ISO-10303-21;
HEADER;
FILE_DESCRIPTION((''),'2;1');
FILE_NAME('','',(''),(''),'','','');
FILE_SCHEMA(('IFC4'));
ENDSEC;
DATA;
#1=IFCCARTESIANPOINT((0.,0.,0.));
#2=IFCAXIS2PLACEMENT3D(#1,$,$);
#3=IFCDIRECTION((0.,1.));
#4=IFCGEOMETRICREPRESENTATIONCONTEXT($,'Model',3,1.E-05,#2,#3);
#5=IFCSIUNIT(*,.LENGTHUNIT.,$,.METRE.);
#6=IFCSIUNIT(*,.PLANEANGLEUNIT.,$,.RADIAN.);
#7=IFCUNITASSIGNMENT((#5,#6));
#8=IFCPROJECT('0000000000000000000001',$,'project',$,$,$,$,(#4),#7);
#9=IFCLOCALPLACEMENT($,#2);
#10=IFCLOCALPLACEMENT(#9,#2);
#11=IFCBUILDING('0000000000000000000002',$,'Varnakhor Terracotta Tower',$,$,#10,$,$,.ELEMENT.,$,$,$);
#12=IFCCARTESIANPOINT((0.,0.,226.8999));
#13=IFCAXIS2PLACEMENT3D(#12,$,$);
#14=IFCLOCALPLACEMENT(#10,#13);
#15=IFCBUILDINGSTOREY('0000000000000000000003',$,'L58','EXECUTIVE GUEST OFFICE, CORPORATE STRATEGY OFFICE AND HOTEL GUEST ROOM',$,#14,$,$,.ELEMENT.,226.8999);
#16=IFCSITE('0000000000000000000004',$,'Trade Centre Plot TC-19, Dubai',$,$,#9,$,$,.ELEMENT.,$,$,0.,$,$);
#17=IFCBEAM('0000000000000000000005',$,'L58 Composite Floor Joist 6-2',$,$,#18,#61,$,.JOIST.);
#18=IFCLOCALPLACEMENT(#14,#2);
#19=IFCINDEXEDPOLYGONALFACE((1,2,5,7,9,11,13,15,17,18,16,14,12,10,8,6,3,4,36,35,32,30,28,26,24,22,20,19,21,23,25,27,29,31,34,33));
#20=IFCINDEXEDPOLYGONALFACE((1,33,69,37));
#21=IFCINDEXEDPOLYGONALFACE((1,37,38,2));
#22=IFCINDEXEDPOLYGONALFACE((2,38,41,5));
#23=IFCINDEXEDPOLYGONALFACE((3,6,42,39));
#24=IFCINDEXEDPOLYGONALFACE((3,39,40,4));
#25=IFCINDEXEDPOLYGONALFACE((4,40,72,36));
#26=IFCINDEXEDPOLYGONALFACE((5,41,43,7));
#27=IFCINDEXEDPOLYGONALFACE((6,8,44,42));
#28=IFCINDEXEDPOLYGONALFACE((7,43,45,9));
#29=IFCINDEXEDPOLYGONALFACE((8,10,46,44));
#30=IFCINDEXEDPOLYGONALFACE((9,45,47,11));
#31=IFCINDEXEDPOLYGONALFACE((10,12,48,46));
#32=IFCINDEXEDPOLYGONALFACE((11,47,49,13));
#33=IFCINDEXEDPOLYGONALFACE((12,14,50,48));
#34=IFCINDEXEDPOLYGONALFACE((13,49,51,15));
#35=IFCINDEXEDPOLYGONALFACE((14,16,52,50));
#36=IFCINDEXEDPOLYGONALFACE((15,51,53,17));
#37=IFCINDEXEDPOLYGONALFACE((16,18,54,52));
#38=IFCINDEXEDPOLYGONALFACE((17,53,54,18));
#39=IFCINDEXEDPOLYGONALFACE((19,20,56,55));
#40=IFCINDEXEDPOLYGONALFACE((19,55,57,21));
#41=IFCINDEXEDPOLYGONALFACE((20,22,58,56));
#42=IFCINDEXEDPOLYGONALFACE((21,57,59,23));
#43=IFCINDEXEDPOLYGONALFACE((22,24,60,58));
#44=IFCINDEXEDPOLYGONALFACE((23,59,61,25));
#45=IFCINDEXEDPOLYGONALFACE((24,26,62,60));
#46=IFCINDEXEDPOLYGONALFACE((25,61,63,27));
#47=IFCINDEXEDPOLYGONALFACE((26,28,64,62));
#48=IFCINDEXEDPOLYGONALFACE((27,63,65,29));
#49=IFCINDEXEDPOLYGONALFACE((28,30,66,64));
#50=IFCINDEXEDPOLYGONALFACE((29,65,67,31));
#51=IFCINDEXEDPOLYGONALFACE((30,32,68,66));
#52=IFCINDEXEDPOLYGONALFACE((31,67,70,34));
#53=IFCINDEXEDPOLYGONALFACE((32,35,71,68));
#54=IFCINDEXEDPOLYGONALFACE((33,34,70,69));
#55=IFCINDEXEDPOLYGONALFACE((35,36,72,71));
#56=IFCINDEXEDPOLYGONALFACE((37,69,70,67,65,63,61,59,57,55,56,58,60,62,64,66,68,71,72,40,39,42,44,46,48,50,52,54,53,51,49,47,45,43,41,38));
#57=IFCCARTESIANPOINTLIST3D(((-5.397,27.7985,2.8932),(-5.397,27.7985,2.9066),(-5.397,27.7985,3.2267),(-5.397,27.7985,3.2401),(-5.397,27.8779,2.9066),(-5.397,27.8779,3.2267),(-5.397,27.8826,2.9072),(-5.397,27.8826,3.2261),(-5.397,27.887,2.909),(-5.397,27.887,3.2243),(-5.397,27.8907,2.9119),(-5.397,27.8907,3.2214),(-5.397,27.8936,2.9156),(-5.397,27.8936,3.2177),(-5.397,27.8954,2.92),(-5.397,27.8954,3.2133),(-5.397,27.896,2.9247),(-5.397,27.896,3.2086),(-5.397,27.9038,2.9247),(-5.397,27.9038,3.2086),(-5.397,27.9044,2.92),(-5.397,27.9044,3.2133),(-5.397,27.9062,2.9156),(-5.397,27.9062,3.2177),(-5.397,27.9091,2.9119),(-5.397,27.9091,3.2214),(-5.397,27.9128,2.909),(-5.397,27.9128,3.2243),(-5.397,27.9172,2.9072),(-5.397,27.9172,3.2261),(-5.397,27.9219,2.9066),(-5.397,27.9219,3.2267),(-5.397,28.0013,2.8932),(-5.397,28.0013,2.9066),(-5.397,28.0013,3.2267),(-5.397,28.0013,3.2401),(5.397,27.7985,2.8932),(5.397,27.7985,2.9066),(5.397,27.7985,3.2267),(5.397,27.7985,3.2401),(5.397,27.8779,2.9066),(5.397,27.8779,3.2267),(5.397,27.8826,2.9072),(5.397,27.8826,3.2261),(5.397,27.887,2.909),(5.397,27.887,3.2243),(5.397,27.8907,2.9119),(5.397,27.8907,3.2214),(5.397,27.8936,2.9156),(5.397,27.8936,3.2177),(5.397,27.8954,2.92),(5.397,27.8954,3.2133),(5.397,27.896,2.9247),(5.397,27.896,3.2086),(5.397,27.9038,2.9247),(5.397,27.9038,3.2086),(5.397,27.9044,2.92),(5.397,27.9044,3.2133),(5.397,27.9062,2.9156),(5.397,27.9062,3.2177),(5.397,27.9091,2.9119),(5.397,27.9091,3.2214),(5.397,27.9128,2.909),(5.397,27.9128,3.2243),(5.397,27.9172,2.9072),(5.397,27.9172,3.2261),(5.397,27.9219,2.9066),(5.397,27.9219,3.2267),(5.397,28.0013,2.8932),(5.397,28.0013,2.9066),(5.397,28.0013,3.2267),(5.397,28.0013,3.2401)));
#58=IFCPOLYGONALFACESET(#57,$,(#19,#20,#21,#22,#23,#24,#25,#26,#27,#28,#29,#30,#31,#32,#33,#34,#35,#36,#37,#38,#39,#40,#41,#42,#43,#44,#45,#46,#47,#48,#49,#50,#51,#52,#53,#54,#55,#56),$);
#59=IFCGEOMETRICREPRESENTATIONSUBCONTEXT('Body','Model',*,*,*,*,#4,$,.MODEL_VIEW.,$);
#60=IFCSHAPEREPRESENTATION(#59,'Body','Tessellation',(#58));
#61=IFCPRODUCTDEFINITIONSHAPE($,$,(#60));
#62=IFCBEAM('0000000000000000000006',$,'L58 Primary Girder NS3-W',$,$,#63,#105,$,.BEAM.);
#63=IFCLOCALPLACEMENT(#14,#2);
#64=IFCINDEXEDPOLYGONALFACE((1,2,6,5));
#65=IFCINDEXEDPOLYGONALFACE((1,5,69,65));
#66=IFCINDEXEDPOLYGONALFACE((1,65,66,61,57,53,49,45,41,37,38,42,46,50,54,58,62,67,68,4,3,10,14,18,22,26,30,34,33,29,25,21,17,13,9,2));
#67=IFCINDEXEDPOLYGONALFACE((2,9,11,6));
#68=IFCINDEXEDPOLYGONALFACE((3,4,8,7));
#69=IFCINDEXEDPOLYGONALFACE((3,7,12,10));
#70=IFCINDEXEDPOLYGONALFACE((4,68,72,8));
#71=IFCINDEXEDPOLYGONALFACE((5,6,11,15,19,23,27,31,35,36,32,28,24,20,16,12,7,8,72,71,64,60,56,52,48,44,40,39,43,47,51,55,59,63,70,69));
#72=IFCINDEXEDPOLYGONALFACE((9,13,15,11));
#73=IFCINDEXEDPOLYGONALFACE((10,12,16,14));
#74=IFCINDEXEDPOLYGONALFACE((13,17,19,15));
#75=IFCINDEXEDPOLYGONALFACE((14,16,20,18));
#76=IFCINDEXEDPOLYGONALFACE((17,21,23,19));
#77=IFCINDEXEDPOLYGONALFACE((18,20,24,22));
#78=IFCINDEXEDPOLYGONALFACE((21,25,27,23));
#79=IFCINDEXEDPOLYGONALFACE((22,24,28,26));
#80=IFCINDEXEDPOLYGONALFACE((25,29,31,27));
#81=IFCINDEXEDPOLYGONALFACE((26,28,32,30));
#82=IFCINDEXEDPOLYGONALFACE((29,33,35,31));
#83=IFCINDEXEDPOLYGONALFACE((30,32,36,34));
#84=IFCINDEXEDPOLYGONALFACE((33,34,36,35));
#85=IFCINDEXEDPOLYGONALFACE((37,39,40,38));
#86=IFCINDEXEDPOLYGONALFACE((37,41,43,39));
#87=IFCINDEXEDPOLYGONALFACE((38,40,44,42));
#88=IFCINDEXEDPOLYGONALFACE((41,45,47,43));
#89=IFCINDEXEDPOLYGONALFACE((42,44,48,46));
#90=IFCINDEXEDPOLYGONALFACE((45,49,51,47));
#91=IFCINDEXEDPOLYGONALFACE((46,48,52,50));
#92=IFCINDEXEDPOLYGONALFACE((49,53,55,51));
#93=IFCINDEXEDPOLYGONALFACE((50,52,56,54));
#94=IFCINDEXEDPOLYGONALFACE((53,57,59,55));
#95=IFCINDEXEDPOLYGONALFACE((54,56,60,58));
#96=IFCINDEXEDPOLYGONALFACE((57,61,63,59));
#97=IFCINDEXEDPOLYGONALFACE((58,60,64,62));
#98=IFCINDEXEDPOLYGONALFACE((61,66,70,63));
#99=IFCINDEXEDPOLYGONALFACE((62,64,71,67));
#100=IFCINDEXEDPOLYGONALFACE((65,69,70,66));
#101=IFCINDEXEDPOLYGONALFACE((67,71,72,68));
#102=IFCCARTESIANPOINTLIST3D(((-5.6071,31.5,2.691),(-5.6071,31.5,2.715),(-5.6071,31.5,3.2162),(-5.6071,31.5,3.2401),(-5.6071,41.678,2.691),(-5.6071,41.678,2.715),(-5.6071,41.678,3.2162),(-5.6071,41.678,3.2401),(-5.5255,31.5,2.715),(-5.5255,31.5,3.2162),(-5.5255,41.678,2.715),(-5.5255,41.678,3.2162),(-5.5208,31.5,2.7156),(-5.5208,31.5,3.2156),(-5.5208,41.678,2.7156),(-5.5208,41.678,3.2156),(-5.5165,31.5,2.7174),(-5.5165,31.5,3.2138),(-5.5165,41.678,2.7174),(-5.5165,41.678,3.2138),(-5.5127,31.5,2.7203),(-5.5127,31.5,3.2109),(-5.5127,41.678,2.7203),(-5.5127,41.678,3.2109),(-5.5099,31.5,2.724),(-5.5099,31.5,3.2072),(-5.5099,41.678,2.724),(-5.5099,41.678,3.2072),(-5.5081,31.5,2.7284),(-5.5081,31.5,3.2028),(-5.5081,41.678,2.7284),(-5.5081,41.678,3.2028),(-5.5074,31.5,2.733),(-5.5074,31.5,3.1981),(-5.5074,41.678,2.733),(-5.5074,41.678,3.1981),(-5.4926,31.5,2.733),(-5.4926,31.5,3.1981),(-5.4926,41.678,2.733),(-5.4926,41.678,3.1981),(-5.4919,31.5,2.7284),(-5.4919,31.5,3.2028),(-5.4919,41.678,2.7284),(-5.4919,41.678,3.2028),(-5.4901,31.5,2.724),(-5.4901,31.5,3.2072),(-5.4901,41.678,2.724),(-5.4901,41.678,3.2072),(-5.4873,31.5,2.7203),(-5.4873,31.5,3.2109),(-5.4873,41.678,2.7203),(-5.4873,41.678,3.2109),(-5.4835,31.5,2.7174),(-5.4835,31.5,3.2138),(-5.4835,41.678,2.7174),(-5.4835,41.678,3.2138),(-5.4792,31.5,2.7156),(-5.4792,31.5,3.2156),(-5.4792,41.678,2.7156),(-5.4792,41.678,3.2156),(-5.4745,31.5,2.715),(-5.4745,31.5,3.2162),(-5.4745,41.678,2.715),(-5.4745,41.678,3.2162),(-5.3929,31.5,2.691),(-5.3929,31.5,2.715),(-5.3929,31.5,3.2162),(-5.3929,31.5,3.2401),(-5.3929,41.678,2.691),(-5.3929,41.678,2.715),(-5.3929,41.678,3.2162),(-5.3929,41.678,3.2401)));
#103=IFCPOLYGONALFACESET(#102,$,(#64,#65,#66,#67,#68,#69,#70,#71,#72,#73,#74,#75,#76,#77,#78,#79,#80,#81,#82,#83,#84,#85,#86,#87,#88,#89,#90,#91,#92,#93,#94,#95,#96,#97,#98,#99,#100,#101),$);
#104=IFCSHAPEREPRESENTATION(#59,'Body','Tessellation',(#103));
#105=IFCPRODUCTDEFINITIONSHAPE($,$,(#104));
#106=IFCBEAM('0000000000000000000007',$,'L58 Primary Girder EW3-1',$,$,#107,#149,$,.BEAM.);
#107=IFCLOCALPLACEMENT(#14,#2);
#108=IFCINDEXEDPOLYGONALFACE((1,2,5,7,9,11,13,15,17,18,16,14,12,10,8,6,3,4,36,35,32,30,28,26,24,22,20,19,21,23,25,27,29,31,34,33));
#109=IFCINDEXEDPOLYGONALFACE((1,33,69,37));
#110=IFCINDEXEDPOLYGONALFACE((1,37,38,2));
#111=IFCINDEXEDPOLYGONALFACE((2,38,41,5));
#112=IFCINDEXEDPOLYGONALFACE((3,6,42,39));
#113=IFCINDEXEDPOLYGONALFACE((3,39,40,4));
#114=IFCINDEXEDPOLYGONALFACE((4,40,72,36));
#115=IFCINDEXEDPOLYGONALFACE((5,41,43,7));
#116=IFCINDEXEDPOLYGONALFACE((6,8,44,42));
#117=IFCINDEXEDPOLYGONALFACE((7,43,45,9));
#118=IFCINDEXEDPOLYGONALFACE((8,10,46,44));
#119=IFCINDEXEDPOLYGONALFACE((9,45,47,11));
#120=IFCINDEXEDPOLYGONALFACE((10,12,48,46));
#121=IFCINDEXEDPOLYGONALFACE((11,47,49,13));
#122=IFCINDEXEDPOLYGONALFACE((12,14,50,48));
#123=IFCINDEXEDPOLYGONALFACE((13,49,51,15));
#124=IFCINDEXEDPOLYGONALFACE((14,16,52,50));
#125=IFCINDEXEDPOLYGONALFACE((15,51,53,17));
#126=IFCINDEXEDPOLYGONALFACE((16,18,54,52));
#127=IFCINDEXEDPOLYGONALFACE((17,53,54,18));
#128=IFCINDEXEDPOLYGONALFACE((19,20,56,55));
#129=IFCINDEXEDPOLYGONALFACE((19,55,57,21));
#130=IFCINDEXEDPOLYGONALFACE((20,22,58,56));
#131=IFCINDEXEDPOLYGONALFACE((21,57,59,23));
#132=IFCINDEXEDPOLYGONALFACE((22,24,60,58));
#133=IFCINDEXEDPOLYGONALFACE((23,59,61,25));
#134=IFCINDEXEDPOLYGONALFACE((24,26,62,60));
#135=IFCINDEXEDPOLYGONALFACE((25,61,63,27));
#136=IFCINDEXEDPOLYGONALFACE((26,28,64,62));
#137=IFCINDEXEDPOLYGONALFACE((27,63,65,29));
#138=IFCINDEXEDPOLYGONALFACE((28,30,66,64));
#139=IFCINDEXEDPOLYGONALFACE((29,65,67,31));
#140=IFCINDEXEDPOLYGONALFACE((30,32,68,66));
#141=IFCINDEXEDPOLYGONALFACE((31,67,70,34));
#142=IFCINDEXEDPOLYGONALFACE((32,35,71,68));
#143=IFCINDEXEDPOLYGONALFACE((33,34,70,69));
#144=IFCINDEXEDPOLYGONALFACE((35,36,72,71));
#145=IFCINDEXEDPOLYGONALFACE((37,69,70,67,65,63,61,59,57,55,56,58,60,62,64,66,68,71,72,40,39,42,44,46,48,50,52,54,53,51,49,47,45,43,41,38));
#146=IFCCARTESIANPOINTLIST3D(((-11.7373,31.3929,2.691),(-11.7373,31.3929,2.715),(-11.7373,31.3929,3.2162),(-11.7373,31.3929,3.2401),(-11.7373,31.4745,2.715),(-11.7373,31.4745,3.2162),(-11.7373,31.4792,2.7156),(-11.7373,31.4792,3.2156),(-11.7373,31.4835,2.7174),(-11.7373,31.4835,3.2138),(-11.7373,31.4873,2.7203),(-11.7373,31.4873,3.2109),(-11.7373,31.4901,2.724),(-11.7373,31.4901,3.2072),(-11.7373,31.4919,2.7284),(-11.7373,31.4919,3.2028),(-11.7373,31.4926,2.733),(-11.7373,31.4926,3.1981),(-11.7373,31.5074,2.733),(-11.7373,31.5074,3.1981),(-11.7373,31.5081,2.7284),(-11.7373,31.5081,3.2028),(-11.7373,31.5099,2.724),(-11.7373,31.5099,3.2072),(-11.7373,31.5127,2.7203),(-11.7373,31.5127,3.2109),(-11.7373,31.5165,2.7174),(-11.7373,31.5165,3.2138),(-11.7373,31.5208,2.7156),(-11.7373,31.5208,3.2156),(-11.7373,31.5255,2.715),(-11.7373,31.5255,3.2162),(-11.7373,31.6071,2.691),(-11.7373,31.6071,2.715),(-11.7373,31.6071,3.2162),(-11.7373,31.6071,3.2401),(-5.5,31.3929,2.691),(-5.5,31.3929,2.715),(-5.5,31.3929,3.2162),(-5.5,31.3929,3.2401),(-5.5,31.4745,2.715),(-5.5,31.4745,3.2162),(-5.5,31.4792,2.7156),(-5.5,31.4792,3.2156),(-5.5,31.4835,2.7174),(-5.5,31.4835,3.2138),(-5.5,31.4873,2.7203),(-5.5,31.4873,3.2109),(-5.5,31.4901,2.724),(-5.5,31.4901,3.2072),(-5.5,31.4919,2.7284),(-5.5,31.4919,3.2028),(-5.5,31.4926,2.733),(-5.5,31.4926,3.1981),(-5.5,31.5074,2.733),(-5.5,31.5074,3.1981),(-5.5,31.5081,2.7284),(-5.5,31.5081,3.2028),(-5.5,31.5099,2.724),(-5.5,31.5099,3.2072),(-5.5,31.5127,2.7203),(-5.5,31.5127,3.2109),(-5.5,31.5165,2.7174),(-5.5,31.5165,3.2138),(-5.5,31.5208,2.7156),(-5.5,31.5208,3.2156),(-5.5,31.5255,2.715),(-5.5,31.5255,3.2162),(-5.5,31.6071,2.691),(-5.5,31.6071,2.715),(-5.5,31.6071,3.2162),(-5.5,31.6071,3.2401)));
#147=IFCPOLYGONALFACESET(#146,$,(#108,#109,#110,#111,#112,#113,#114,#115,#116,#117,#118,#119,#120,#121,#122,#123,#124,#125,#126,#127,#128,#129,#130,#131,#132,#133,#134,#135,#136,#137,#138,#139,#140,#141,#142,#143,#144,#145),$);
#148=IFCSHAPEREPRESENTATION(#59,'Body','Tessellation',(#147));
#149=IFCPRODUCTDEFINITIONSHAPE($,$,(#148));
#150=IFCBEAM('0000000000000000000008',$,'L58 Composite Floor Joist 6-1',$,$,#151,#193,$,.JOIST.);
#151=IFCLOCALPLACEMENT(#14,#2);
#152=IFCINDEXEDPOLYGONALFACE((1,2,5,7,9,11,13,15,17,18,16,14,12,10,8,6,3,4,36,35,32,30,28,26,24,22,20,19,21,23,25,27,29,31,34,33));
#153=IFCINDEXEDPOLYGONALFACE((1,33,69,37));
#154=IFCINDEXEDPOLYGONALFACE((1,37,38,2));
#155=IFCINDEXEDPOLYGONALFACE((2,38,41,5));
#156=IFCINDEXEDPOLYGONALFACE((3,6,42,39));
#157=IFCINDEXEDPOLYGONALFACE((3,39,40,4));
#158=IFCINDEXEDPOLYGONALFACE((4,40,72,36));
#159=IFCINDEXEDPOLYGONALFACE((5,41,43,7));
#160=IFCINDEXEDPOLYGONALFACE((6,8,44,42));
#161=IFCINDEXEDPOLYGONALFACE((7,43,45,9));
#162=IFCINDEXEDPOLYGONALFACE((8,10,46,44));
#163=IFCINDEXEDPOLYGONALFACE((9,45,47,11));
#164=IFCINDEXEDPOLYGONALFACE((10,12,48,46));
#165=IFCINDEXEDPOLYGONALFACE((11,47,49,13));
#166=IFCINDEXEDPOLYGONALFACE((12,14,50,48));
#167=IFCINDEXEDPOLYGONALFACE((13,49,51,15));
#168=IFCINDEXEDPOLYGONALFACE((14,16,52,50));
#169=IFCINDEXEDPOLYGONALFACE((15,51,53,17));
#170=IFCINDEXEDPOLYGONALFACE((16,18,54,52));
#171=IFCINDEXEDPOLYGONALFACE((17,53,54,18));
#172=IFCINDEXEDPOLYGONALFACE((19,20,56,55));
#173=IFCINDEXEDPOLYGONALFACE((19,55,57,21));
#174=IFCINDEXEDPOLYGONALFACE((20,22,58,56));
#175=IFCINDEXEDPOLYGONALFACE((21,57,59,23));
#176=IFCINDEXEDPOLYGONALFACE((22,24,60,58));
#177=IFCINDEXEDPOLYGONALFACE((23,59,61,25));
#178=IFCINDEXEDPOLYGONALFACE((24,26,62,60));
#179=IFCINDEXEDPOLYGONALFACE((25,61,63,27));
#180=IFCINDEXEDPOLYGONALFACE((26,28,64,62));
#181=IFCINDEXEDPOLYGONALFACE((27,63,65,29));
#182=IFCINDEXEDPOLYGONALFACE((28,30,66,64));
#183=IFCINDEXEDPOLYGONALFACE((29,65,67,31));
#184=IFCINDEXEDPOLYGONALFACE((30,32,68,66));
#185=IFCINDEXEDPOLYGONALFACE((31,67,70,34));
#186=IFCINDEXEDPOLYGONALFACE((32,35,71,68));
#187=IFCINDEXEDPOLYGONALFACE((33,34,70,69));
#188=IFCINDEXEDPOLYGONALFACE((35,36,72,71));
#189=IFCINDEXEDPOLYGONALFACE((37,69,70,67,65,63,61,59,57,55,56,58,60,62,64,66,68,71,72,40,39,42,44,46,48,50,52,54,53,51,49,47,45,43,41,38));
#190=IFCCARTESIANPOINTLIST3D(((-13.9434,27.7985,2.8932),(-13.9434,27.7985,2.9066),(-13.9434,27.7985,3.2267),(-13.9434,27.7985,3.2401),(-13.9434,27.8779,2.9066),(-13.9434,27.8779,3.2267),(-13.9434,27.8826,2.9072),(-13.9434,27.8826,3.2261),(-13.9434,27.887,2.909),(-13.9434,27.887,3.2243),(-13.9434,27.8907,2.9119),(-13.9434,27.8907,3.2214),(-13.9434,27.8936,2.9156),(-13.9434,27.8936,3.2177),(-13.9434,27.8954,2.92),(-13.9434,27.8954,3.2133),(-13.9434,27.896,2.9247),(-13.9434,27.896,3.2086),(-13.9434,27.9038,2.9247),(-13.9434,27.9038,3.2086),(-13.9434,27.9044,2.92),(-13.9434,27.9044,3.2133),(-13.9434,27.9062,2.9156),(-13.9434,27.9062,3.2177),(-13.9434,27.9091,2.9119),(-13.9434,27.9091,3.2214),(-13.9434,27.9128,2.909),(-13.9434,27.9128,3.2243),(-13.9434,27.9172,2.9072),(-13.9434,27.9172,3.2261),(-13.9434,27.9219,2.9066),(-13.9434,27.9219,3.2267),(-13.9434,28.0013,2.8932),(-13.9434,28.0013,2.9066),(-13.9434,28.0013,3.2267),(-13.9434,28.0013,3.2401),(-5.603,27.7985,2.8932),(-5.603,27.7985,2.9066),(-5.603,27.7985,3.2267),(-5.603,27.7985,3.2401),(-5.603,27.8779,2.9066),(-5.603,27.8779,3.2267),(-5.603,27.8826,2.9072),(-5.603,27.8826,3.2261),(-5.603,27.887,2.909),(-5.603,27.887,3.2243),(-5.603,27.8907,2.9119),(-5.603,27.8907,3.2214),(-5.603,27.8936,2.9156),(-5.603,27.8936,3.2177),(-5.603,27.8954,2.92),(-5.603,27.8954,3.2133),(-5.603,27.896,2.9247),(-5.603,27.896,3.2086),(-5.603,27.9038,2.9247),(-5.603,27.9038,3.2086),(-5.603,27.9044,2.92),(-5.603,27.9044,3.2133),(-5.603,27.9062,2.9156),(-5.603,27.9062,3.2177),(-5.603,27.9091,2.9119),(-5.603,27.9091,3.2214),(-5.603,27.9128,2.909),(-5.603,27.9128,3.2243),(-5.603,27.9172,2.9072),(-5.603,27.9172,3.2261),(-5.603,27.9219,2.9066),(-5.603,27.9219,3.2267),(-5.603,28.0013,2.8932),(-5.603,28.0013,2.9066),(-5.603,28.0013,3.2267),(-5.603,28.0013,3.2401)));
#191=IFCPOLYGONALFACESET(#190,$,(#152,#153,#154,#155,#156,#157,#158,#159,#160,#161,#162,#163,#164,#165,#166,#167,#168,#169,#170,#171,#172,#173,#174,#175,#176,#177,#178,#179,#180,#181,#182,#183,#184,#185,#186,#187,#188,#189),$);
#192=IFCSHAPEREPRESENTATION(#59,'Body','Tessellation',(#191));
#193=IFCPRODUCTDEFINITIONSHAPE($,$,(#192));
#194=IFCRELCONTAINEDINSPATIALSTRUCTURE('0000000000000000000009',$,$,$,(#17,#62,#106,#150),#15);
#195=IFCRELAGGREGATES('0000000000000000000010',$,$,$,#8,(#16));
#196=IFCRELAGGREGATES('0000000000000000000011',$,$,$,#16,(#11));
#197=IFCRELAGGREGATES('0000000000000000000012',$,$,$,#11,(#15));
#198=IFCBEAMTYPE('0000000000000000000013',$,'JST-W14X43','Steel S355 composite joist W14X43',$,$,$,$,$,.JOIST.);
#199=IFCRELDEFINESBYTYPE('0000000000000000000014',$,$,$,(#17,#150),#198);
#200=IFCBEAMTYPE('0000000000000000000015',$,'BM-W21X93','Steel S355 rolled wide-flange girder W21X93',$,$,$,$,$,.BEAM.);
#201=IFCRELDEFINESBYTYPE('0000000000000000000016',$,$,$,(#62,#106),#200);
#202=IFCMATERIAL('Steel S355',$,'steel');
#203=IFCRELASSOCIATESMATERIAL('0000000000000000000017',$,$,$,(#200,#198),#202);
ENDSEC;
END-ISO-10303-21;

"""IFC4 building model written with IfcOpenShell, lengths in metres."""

from ifc_helpers import new_model, si_unit, direction, frame, origin, origin_2d, place, context, subcontext, project, spatial, i_section, extrude, source, transform, mapped, material, material_profile, profile_set, type_object, element, save


model = new_model("IFC4")

# Units and contexts
model_context = context("Model", 3, precision=1e-05, world=origin(), true_north=direction((0.0, 1.0)))
body_context = subcontext(model_context, "Body", "Model", "MODEL_VIEW")
ifc_project = project(units=[si_unit("LENGTHUNIT", "METRE"), si_unit("PLANEANGLEUNIT", "RADIAN")], contexts=[model_context])

# Site, building, storey
site_placement = place(None, origin())
site = spatial("IfcSite", under=ifc_project, at=site_placement, Name="Trade Centre Plot TC-19, Dubai", CompositionType="ELEMENT", RefElevation=0.0)
building_placement = place(site_placement, origin())
building = spatial("IfcBuilding", under=site, at=building_placement, Name="Varnakhor Terracotta Tower", CompositionType="ELEMENT")
storey_placement = place(building_placement, frame((0.0, 0.0, 226.8999)))
storey = spatial("IfcBuildingStorey", under=building, at=storey_placement, Name="L58", Description="EXECUTIVE GUEST OFFICE, CORPORATE STRATEGY OFFICE AND HOTEL GUEST ROOM", CompositionType="ELEMENT", Elevation=226.8999)

# Beams
ifc_material_1 = material(Name="Steel S355", Category="steel")
ifc_material_profile_1 = material_profile(ifc_material_1, i_section(OverallWidth=0.2141, OverallDepth=0.5491, WebThickness=0.0149, FlangeThickness=0.0239, FilletRadius=0.0181, at=origin_2d()), Name="W21X93")
ifc_profile_set_1 = profile_set([ifc_material_profile_1], Name="Steel S355")
beam_type_1 = type_object("IfcBeamType", Name="BM-W21X93", Description="Steel S355 rolled wide-flange girder W21X93", PredefinedType="BEAM", material=ifc_profile_set_1)
ifc_material_profile_2 = material_profile(ifc_material_1, i_section(OverallWidth=0.2029, OverallDepth=0.3469, WebThickness=0.0078, FlangeThickness=0.0134, FilletRadius=0.0181, at=origin_2d()), Name="W14X43")
ifc_profile_set_2 = profile_set([ifc_material_profile_2], Name="Steel S355")
beam_type_2 = type_object("IfcBeamType", Name="JST-W14X43", Description="Steel S355 composite joist W14X43", PredefinedType="JOIST", material=ifc_profile_set_2)
shared_shape_1 = source(origin(), body_context, "Body", "SweptSolid", [
    extrude(i_section(OverallWidth=0.2029, OverallDepth=0.3469, WebThickness=0.0078, FlangeThickness=0.0134, FilletRadius=0.0181, at=origin_2d()), origin(), (0.0, 0.0, 1.0), 10.7939),
])
beam_1_placement = place(storey_placement, frame((-5.397, 27.8999, 3.0667), z_axis=(1.0, 0.0, 0.0), x_axis=(0.0, 1.0, 0.0)))
element("IfcBeam", 1, at=beam_1_placement, inside=storey, type_object=beam_type_2, Name="L58 Composite Floor Joist 6-2", PredefinedType="JOIST", context=body_context, shape_type="MappedRepresentation", body=[
    mapped(shared_shape_1, transform((0.0, 0.0, 0.0), scale=1.0)),
])
shared_shape_2 = source(origin(), body_context, "Body", "SweptSolid", [
    extrude(i_section(OverallWidth=0.2141, OverallDepth=0.5491, WebThickness=0.0149, FlangeThickness=0.0239, FilletRadius=0.0181, at=origin_2d()), origin(), (0.0, 0.0, 1.0), 10.178),
])
beam_2_placement = place(storey_placement, frame((-5.5, 31.5, 2.9656), z_axis=(0.0, 1.0, 0.0), x_axis=(-1.0, 0.0, 0.0)))
element("IfcBeam", 2, at=beam_2_placement, inside=storey, type_object=beam_type_1, Name="L58 Primary Girder NS3-W", PredefinedType="BEAM", context=body_context, shape_type="MappedRepresentation", body=[
    mapped(shared_shape_2, transform((0.0, 0.0, 0.0), scale=1.0)),
])
shared_shape_3 = source(origin(), body_context, "Body", "SweptSolid", [
    extrude(i_section(OverallWidth=0.2141, OverallDepth=0.5491, WebThickness=0.0149, FlangeThickness=0.0239, FilletRadius=0.0181, at=origin_2d()), origin(), (0.0, 0.0, 1.0), 6.2373),
])
beam_3_placement = place(storey_placement, frame((-11.7373, 31.5, 2.9656), z_axis=(1.0, 0.0, 0.0), x_axis=(0.0, 1.0, 0.0)))
element("IfcBeam", 3, at=beam_3_placement, inside=storey, type_object=beam_type_1, Name="L58 Primary Girder EW3-1", PredefinedType="BEAM", context=body_context, shape_type="MappedRepresentation", body=[
    mapped(shared_shape_3, transform((0.0, 0.0, 0.0), scale=1.0)),
])
shared_shape_4 = source(origin(), body_context, "Body", "SweptSolid", [
    extrude(i_section(OverallWidth=0.2029, OverallDepth=0.3469, WebThickness=0.0078, FlangeThickness=0.0134, FilletRadius=0.0181, at=origin_2d()), origin(), (0.0, 0.0, 1.0), 8.3403),
])
beam_4_placement = place(storey_placement, frame((-13.9434, 27.8999, 3.0667), z_axis=(1.0, 0.0, 0.0), x_axis=(0.0, 1.0, 0.0)))
element("IfcBeam", 4, at=beam_4_placement, inside=storey, type_object=beam_type_2, Name="L58 Composite Floor Joist 6-1", PredefinedType="JOIST", context=body_context, shape_type="MappedRepresentation", body=[
    mapped(shared_shape_4, transform((0.0, 0.0, 0.0), scale=1.0)),
])

save(model, "model.ifc")
